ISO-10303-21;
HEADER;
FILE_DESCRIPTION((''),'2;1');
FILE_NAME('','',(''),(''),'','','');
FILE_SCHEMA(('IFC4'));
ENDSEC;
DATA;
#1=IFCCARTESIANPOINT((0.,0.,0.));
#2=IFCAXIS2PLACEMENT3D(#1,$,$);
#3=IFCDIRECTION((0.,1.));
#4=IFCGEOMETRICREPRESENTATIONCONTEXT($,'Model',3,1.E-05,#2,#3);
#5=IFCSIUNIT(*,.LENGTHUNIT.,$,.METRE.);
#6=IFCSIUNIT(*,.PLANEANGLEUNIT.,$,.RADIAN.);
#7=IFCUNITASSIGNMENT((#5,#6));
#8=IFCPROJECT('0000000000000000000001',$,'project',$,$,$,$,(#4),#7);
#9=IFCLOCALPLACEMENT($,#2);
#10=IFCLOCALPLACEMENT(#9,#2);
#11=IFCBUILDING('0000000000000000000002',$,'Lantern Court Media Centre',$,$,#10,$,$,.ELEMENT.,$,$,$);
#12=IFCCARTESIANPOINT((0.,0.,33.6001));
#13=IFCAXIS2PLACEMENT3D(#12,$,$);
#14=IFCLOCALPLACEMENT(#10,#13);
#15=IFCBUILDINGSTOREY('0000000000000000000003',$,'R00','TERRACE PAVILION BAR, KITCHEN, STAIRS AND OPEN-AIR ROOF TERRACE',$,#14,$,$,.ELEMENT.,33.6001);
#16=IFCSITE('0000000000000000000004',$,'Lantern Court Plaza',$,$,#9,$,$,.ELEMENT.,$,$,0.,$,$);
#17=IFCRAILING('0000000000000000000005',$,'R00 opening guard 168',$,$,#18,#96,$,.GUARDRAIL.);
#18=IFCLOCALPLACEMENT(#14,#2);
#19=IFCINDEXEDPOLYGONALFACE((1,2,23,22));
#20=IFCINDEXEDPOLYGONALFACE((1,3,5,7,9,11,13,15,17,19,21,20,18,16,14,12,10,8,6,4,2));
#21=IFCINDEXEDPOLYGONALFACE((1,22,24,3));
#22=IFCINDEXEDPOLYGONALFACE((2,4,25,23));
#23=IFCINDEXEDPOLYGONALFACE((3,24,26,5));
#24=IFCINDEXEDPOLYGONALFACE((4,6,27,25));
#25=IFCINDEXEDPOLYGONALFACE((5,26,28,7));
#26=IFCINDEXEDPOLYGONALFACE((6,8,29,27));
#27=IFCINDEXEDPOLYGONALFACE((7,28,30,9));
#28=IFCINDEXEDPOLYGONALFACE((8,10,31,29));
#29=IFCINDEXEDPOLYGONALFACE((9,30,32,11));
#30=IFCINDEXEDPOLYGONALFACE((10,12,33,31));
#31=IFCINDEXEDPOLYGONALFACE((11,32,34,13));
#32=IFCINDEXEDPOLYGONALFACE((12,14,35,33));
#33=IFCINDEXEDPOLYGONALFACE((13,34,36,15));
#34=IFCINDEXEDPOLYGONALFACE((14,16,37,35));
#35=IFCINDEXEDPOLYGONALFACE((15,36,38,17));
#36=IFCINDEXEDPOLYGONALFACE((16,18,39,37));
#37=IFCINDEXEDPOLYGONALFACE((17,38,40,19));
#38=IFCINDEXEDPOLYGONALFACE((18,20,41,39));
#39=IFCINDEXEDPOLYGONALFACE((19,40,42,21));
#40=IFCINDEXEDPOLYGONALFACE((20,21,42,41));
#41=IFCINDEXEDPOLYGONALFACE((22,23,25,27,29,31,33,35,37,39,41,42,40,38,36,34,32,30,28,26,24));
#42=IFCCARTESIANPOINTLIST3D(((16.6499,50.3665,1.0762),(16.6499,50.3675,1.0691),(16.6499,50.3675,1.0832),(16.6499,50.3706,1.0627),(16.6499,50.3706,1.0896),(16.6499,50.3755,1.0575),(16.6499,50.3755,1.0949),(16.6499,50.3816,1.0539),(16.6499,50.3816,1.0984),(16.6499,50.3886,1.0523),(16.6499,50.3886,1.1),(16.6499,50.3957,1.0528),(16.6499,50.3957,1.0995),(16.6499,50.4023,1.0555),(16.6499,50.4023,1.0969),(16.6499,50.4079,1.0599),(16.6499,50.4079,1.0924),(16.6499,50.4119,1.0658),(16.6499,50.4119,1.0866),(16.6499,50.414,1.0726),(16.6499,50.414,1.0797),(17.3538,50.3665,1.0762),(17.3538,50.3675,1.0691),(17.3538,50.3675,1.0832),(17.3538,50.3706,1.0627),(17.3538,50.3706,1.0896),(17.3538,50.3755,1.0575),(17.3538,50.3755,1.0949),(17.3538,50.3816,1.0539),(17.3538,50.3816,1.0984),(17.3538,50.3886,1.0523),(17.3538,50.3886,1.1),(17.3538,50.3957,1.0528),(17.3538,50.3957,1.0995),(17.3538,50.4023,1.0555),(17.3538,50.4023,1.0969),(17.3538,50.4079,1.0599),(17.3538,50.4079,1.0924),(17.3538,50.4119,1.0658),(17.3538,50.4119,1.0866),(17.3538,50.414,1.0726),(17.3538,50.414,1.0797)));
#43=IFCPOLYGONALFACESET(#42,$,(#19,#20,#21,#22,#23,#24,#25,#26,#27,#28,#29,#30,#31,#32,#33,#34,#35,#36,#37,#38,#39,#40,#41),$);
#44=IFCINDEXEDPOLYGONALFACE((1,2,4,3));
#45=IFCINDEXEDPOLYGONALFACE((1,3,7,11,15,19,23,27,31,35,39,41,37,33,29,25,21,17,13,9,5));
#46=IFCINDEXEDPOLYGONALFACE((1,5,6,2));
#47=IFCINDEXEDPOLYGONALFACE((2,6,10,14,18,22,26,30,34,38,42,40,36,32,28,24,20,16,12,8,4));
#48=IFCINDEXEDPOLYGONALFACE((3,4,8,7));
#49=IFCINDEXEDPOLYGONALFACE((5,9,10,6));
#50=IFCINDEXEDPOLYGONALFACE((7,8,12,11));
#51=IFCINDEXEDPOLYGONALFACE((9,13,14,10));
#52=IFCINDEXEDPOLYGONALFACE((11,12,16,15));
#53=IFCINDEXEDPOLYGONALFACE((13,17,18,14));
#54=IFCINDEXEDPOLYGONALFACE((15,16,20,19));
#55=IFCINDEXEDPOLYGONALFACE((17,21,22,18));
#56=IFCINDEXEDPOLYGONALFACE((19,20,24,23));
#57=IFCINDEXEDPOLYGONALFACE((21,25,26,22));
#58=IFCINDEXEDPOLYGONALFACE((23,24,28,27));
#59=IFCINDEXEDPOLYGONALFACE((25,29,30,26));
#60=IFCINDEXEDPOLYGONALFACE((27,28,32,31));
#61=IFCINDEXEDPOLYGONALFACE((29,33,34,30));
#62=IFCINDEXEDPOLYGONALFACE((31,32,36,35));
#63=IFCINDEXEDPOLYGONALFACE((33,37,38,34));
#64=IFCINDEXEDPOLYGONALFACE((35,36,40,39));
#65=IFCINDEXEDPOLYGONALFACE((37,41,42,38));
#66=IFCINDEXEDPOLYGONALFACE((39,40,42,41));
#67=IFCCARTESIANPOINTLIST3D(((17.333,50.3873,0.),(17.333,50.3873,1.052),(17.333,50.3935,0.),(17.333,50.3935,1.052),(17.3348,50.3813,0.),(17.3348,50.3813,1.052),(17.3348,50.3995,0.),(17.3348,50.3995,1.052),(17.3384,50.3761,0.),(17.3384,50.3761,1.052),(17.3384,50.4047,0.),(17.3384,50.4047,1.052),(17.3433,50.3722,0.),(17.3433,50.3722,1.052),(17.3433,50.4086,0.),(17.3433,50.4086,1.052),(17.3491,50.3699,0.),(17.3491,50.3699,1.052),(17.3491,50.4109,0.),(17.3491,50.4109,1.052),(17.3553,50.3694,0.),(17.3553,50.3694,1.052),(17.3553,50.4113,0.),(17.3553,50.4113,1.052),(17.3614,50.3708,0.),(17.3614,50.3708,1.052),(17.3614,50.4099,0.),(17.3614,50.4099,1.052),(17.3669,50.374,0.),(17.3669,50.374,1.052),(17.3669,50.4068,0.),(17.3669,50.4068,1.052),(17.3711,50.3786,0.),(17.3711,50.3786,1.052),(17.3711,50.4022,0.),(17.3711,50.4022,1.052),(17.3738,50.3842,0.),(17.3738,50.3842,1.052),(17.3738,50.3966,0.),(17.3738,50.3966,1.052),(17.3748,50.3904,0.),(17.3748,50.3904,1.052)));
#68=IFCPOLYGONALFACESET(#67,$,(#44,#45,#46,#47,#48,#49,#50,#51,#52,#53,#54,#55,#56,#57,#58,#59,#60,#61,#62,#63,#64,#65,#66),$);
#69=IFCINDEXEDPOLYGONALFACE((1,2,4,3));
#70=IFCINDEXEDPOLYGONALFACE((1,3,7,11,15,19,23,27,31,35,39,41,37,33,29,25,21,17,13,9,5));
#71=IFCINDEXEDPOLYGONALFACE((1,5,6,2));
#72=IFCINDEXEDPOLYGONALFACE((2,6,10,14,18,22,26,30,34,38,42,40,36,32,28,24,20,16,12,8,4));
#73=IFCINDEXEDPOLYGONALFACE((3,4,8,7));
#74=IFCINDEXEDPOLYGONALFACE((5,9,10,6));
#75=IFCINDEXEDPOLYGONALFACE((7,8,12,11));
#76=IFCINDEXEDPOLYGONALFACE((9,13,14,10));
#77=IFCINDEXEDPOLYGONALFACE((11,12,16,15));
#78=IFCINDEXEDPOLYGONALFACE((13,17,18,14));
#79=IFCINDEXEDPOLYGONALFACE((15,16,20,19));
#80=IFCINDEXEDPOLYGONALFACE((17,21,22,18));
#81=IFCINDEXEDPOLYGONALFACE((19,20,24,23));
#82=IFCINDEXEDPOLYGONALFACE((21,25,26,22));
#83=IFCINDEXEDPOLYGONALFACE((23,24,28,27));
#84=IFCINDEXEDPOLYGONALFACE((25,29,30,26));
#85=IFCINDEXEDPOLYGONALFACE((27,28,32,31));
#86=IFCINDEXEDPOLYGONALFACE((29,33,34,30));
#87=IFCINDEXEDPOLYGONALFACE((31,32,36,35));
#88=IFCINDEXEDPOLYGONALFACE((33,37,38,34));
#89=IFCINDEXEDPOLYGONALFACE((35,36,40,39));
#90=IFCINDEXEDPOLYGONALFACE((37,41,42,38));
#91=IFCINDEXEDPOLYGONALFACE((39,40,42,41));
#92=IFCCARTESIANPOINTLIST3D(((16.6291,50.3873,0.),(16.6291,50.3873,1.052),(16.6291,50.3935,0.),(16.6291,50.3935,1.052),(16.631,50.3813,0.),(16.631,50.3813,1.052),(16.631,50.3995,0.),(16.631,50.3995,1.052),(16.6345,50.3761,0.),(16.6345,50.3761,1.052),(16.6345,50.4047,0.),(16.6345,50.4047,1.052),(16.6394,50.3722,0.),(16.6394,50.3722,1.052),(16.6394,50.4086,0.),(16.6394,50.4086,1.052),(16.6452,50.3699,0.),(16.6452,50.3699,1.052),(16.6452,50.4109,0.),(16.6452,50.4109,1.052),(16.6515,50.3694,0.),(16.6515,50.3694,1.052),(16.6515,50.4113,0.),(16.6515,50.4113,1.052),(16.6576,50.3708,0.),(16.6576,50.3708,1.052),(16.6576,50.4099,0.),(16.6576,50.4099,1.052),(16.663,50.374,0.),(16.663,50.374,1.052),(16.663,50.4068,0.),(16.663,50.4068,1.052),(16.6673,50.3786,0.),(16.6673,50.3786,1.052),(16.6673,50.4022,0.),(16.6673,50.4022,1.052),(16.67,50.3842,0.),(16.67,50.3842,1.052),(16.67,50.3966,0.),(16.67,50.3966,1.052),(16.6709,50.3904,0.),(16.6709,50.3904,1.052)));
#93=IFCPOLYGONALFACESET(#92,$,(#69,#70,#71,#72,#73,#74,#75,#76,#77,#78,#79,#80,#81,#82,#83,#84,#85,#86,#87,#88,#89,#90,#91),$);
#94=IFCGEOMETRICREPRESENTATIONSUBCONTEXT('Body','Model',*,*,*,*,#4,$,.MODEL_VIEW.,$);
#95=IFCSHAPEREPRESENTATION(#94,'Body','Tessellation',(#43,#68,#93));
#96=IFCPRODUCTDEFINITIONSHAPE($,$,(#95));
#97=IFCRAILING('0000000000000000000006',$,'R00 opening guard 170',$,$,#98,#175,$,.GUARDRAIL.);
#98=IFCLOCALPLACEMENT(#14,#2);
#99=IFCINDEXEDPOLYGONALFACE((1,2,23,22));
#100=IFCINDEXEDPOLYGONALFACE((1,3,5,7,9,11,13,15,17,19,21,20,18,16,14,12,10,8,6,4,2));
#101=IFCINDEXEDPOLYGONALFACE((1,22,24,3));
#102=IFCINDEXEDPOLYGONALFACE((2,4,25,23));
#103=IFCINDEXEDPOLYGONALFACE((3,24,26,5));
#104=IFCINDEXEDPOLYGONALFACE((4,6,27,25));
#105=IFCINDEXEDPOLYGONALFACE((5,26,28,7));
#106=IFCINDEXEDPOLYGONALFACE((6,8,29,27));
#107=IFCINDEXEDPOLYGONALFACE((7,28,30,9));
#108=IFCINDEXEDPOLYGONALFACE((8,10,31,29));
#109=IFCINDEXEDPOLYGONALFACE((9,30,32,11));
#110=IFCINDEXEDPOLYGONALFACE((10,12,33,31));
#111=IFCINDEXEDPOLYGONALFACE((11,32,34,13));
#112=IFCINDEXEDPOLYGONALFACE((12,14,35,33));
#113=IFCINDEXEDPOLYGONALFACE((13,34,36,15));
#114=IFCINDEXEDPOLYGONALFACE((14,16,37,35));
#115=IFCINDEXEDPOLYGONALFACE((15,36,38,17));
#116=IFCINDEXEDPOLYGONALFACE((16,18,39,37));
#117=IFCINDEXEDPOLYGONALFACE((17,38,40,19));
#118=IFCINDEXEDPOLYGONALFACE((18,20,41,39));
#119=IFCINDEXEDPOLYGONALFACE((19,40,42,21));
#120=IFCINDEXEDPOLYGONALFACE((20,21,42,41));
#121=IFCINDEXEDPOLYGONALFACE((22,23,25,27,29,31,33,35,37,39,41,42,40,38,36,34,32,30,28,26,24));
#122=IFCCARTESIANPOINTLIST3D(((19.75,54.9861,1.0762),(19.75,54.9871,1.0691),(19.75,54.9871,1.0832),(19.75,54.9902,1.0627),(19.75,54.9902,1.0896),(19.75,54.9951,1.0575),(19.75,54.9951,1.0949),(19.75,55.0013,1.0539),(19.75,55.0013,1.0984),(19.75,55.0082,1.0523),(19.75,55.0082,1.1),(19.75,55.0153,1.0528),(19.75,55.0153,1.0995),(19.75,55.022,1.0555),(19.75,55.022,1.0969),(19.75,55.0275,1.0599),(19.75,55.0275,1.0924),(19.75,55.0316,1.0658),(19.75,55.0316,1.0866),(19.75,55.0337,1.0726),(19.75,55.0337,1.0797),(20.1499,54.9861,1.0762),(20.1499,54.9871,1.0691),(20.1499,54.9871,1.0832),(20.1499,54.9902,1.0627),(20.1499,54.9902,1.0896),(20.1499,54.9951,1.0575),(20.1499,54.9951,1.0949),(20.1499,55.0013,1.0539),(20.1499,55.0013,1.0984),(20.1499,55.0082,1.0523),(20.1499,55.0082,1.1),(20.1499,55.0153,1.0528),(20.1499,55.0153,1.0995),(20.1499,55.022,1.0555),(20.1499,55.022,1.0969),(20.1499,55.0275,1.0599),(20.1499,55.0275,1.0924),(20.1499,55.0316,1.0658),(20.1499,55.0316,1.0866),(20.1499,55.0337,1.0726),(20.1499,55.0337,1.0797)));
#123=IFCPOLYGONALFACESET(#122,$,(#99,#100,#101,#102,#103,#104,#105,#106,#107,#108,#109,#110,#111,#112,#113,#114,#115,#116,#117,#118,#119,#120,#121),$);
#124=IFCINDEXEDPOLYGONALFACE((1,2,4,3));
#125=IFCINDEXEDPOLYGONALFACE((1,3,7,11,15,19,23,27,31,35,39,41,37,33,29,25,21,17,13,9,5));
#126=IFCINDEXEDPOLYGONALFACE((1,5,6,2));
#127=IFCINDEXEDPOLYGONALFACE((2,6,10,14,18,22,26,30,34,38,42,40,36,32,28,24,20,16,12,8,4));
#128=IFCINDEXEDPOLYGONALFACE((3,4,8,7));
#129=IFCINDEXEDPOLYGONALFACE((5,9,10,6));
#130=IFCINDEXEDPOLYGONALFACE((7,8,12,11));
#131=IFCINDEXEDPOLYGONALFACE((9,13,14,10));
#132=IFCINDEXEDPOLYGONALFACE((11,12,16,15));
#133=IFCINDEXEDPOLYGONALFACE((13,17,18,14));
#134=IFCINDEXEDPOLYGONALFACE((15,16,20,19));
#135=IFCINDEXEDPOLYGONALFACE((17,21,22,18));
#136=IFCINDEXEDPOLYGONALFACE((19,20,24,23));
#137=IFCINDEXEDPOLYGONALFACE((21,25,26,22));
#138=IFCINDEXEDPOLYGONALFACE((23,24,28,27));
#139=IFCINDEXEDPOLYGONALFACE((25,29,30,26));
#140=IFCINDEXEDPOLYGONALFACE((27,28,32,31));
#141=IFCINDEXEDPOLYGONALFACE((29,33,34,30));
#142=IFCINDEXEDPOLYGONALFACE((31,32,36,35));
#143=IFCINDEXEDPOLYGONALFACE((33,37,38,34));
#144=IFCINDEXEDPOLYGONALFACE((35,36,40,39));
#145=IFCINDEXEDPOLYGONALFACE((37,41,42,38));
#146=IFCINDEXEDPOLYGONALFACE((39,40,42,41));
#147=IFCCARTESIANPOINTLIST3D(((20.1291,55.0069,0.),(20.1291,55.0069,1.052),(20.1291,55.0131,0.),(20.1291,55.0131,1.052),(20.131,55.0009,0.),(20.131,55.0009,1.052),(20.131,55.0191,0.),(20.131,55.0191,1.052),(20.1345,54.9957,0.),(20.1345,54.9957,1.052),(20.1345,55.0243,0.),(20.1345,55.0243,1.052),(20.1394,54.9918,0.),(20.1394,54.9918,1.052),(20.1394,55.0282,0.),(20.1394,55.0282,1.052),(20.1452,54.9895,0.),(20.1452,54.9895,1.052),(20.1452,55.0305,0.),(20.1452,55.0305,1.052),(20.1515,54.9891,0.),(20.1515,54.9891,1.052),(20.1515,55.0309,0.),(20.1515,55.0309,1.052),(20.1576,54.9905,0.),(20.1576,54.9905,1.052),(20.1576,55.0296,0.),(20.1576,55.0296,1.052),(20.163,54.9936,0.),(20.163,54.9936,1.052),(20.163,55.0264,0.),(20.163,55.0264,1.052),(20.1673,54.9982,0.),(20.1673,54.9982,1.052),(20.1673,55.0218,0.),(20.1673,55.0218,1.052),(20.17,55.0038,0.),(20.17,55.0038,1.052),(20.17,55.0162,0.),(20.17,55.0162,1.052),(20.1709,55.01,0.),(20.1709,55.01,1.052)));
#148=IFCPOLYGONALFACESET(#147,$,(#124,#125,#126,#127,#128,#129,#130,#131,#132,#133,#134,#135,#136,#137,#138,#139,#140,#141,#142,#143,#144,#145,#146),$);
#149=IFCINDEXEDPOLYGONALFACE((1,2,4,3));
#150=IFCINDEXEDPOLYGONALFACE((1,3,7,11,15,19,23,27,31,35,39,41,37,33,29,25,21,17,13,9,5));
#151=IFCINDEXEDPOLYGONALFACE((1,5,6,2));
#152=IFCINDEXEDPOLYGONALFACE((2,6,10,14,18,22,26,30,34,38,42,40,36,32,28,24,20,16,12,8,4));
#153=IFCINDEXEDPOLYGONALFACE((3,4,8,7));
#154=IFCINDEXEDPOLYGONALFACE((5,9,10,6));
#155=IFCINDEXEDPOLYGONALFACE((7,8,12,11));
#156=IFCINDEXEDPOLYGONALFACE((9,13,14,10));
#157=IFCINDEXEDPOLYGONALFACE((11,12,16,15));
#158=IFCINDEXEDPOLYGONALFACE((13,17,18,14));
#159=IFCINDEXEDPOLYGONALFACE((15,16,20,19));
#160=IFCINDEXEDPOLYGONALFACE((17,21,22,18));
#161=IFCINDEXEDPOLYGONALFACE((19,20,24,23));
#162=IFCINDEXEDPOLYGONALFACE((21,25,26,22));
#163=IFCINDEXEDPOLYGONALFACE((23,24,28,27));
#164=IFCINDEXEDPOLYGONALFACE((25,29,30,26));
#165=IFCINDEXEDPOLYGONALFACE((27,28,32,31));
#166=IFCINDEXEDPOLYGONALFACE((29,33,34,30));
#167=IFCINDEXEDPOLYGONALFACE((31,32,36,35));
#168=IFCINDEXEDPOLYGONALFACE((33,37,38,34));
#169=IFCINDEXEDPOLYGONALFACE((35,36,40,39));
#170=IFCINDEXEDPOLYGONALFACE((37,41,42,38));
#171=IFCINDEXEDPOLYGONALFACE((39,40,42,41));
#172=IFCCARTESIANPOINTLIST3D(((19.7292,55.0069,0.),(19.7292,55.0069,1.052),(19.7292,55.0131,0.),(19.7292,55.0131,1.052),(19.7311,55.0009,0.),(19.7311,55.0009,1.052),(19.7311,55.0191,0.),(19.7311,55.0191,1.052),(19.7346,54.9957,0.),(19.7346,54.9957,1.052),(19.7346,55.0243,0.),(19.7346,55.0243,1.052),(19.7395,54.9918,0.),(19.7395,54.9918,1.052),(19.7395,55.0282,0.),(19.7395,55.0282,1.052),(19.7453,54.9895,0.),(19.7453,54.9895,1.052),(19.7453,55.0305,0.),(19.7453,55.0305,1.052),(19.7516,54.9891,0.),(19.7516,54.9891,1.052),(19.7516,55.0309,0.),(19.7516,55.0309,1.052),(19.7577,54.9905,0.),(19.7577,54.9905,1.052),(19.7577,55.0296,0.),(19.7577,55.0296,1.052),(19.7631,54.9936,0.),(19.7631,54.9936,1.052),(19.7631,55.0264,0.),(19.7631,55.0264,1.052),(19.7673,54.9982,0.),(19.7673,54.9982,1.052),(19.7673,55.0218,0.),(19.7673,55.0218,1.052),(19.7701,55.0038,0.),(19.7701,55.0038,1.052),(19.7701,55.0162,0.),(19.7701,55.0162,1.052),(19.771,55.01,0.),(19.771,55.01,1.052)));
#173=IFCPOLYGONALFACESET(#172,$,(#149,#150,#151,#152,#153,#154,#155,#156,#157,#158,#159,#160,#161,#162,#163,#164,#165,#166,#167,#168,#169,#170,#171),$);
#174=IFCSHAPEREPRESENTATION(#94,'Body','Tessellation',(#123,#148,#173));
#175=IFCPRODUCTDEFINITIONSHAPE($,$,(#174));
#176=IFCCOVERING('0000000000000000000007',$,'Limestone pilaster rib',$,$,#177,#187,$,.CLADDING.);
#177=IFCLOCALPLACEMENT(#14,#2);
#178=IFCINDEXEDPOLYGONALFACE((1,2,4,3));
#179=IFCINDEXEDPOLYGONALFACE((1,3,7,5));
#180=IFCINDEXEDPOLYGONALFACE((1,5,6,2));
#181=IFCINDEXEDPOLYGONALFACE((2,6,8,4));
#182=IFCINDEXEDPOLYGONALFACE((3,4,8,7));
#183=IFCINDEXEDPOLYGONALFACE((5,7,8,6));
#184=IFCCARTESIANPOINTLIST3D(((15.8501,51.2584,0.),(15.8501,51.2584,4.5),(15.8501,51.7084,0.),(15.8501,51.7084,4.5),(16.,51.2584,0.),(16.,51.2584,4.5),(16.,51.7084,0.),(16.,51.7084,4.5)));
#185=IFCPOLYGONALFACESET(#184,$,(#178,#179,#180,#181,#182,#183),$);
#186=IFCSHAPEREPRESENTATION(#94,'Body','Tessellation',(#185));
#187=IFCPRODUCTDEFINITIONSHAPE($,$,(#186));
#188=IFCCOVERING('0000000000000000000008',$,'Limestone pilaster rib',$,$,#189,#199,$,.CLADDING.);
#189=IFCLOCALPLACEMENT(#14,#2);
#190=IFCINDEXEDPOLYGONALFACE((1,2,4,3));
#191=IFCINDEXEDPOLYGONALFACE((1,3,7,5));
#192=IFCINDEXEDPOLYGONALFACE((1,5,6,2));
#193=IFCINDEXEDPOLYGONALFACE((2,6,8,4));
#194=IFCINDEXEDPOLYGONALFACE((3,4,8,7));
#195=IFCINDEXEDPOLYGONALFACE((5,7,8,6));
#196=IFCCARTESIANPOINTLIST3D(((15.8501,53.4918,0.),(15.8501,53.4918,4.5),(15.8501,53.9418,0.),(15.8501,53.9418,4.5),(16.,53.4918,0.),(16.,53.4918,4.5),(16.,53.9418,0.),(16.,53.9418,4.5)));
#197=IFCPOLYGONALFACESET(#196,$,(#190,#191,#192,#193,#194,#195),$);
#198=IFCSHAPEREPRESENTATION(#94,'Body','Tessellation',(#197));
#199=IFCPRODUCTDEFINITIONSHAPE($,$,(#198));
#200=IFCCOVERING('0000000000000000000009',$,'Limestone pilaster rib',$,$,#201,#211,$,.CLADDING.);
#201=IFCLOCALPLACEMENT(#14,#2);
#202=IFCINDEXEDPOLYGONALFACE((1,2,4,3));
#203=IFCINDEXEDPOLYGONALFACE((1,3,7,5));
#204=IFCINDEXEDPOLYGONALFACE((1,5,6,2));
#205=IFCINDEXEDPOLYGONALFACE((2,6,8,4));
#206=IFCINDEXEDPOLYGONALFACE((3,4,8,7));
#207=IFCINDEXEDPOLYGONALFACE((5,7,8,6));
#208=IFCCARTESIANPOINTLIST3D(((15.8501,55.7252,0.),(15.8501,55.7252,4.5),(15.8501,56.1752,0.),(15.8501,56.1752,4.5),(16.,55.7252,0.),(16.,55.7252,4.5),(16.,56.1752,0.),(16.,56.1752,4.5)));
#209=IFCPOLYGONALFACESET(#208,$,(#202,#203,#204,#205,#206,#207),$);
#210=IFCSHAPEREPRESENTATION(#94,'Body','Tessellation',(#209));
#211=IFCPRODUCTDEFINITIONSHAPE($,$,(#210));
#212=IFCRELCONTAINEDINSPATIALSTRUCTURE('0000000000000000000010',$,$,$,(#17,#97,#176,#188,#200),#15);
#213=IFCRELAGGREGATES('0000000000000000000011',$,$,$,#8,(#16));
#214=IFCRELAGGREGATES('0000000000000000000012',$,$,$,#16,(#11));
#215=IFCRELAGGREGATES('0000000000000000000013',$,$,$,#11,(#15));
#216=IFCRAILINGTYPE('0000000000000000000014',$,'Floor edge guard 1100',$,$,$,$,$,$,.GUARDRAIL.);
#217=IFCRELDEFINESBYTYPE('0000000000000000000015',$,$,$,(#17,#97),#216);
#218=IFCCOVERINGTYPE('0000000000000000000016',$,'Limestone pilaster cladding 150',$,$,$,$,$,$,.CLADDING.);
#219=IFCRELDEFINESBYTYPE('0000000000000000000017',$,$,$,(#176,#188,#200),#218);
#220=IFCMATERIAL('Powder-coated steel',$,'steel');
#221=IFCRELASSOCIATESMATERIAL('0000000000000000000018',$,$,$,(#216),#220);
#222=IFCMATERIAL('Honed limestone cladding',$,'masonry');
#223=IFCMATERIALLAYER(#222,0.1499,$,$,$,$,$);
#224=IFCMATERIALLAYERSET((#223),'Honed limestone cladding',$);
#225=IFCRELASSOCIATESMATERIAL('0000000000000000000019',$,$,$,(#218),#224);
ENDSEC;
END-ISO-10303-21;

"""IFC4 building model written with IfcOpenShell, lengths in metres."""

from ifc_helpers import new_model, si_unit, direction, frame, frame_2d, origin, origin_2d, place, context, subcontext, project, spatial, rectangle, circle, extrude, material, layer, layer_set, type_object, element, save


model = new_model("IFC4")

# Units and contexts
model_context = context("Model", 3, precision=1e-05, world=origin(), true_north=direction((0.0, 1.0)))
body_context = subcontext(model_context, "Body", "Model", "MODEL_VIEW")
ifc_project = project(units=[si_unit("LENGTHUNIT", "METRE"), si_unit("PLANEANGLEUNIT", "RADIAN")], contexts=[model_context])

# Site, building, storey
site_placement = place(None, origin())
site = spatial("IfcSite", under=ifc_project, at=site_placement, Name="Lantern Court Plaza", CompositionType="ELEMENT", RefElevation=0.0)
building_placement = place(site_placement, origin())
building = spatial("IfcBuilding", under=site, at=building_placement, Name="Lantern Court Media Centre", CompositionType="ELEMENT")
storey_placement = place(building_placement, frame((0.0, 0.0, 33.6001)))
storey = spatial("IfcBuildingStorey", under=building, at=storey_placement, Name="R00", Description="TERRACE PAVILION BAR, KITCHEN, STAIRS AND OPEN-AIR ROOF TERRACE", CompositionType="ELEMENT", Elevation=33.6001)

# Railings
ifc_material_1 = material(Name="Powder-coated steel", Category="steel")
railing_type_1 = type_object("IfcRailingType", Name="Floor edge guard 1100", PredefinedType="GUARDRAIL", material=ifc_material_1)
railing_1_placement = place(storey_placement, frame((17.3538, 50.3904, 0.0)))
element("IfcRailing", 1, at=railing_1_placement, inside=storey, type_object=railing_type_1, Name="R00 opening guard 168", PredefinedType="GUARDRAIL", context=body_context, shape_type="SweptSolid", body=[
    extrude(circle(Radius=0.0239, at=origin_2d()), frame((0.0, 0.0, 1.0762), z_axis=(-1.0, 0.0, 0.0), x_axis=(0.0, -1.0, 0.0)), (0.0, 0.0, 1.0), 0.7039),
    extrude(circle(Radius=0.021, at=origin_2d()), origin(), (0.0, 0.0, 1.0), 1.052),
    extrude(circle(Radius=0.021, at=origin_2d()), frame((-0.7039, 0.0, 0.0)), (0.0, 0.0, 1.0), 1.052),
])
railing_2_placement = place(storey_placement, frame((20.1499, 55.01, 0.0)))
element("IfcRailing", 2, at=railing_2_placement, inside=storey, type_object=railing_type_1, Name="R00 opening guard 170", PredefinedType="GUARDRAIL", context=body_context, shape_type="SweptSolid", body=[
    extrude(circle(Radius=0.0239, at=origin_2d()), frame((0.0, 0.0, 1.0762), z_axis=(-1.0, 0.0, 0.0), x_axis=(0.0, -1.0, 0.0)), (0.0, 0.0, 1.0), 0.3999),
    extrude(circle(Radius=0.021, at=origin_2d()), origin(), (0.0, 0.0, 1.0), 1.052),
    extrude(circle(Radius=0.021, at=origin_2d()), frame((-0.3999, 0.0, 0.0)), (0.0, 0.0, 1.0), 1.052),
])

# Coverings
ifc_material_2 = material(Name="Honed limestone cladding", Category="masonry")
ifc_layer_1 = layer(ifc_material_2, 0.1499)
ifc_layer_set_1 = layer_set([ifc_layer_1], Name="Honed limestone cladding")
covering_type = type_object("IfcCoveringType", Name="Limestone pilaster cladding 150", PredefinedType="CLADDING", material=ifc_layer_set_1)
for number, where, z_axis, x_axis, name in (
    (3, (15.925, 51.2583, 0.0), (0.0, 0.0, 1.0), (0.0, 1.0, 0.0), "Limestone pilaster rib"),
    (4, (15.925, 53.4917, 0.0), (0.0, 0.0, 1.0), (0.0, 1.0, 0.0), "Limestone pilaster rib"),
    (5, (15.925, 55.7251, 0.0), (0.0, 0.0, 1.0), (0.0, 1.0, 0.0), "Limestone pilaster rib"),
):
    element("IfcCovering", number, at=place(storey_placement, frame(where, z_axis=z_axis, x_axis=x_axis)), inside=storey, type_object=covering_type, Name=name, PredefinedType="CLADDING", context=body_context, shape_type="SweptSolid", body=[
        extrude(rectangle(XDim=0.45, YDim=0.1499, at=frame_2d((0.2251, 0.0))), origin(), (0.0, 0.0, 1.0), 4.5),
    ])

save(model, "model.ifc")
